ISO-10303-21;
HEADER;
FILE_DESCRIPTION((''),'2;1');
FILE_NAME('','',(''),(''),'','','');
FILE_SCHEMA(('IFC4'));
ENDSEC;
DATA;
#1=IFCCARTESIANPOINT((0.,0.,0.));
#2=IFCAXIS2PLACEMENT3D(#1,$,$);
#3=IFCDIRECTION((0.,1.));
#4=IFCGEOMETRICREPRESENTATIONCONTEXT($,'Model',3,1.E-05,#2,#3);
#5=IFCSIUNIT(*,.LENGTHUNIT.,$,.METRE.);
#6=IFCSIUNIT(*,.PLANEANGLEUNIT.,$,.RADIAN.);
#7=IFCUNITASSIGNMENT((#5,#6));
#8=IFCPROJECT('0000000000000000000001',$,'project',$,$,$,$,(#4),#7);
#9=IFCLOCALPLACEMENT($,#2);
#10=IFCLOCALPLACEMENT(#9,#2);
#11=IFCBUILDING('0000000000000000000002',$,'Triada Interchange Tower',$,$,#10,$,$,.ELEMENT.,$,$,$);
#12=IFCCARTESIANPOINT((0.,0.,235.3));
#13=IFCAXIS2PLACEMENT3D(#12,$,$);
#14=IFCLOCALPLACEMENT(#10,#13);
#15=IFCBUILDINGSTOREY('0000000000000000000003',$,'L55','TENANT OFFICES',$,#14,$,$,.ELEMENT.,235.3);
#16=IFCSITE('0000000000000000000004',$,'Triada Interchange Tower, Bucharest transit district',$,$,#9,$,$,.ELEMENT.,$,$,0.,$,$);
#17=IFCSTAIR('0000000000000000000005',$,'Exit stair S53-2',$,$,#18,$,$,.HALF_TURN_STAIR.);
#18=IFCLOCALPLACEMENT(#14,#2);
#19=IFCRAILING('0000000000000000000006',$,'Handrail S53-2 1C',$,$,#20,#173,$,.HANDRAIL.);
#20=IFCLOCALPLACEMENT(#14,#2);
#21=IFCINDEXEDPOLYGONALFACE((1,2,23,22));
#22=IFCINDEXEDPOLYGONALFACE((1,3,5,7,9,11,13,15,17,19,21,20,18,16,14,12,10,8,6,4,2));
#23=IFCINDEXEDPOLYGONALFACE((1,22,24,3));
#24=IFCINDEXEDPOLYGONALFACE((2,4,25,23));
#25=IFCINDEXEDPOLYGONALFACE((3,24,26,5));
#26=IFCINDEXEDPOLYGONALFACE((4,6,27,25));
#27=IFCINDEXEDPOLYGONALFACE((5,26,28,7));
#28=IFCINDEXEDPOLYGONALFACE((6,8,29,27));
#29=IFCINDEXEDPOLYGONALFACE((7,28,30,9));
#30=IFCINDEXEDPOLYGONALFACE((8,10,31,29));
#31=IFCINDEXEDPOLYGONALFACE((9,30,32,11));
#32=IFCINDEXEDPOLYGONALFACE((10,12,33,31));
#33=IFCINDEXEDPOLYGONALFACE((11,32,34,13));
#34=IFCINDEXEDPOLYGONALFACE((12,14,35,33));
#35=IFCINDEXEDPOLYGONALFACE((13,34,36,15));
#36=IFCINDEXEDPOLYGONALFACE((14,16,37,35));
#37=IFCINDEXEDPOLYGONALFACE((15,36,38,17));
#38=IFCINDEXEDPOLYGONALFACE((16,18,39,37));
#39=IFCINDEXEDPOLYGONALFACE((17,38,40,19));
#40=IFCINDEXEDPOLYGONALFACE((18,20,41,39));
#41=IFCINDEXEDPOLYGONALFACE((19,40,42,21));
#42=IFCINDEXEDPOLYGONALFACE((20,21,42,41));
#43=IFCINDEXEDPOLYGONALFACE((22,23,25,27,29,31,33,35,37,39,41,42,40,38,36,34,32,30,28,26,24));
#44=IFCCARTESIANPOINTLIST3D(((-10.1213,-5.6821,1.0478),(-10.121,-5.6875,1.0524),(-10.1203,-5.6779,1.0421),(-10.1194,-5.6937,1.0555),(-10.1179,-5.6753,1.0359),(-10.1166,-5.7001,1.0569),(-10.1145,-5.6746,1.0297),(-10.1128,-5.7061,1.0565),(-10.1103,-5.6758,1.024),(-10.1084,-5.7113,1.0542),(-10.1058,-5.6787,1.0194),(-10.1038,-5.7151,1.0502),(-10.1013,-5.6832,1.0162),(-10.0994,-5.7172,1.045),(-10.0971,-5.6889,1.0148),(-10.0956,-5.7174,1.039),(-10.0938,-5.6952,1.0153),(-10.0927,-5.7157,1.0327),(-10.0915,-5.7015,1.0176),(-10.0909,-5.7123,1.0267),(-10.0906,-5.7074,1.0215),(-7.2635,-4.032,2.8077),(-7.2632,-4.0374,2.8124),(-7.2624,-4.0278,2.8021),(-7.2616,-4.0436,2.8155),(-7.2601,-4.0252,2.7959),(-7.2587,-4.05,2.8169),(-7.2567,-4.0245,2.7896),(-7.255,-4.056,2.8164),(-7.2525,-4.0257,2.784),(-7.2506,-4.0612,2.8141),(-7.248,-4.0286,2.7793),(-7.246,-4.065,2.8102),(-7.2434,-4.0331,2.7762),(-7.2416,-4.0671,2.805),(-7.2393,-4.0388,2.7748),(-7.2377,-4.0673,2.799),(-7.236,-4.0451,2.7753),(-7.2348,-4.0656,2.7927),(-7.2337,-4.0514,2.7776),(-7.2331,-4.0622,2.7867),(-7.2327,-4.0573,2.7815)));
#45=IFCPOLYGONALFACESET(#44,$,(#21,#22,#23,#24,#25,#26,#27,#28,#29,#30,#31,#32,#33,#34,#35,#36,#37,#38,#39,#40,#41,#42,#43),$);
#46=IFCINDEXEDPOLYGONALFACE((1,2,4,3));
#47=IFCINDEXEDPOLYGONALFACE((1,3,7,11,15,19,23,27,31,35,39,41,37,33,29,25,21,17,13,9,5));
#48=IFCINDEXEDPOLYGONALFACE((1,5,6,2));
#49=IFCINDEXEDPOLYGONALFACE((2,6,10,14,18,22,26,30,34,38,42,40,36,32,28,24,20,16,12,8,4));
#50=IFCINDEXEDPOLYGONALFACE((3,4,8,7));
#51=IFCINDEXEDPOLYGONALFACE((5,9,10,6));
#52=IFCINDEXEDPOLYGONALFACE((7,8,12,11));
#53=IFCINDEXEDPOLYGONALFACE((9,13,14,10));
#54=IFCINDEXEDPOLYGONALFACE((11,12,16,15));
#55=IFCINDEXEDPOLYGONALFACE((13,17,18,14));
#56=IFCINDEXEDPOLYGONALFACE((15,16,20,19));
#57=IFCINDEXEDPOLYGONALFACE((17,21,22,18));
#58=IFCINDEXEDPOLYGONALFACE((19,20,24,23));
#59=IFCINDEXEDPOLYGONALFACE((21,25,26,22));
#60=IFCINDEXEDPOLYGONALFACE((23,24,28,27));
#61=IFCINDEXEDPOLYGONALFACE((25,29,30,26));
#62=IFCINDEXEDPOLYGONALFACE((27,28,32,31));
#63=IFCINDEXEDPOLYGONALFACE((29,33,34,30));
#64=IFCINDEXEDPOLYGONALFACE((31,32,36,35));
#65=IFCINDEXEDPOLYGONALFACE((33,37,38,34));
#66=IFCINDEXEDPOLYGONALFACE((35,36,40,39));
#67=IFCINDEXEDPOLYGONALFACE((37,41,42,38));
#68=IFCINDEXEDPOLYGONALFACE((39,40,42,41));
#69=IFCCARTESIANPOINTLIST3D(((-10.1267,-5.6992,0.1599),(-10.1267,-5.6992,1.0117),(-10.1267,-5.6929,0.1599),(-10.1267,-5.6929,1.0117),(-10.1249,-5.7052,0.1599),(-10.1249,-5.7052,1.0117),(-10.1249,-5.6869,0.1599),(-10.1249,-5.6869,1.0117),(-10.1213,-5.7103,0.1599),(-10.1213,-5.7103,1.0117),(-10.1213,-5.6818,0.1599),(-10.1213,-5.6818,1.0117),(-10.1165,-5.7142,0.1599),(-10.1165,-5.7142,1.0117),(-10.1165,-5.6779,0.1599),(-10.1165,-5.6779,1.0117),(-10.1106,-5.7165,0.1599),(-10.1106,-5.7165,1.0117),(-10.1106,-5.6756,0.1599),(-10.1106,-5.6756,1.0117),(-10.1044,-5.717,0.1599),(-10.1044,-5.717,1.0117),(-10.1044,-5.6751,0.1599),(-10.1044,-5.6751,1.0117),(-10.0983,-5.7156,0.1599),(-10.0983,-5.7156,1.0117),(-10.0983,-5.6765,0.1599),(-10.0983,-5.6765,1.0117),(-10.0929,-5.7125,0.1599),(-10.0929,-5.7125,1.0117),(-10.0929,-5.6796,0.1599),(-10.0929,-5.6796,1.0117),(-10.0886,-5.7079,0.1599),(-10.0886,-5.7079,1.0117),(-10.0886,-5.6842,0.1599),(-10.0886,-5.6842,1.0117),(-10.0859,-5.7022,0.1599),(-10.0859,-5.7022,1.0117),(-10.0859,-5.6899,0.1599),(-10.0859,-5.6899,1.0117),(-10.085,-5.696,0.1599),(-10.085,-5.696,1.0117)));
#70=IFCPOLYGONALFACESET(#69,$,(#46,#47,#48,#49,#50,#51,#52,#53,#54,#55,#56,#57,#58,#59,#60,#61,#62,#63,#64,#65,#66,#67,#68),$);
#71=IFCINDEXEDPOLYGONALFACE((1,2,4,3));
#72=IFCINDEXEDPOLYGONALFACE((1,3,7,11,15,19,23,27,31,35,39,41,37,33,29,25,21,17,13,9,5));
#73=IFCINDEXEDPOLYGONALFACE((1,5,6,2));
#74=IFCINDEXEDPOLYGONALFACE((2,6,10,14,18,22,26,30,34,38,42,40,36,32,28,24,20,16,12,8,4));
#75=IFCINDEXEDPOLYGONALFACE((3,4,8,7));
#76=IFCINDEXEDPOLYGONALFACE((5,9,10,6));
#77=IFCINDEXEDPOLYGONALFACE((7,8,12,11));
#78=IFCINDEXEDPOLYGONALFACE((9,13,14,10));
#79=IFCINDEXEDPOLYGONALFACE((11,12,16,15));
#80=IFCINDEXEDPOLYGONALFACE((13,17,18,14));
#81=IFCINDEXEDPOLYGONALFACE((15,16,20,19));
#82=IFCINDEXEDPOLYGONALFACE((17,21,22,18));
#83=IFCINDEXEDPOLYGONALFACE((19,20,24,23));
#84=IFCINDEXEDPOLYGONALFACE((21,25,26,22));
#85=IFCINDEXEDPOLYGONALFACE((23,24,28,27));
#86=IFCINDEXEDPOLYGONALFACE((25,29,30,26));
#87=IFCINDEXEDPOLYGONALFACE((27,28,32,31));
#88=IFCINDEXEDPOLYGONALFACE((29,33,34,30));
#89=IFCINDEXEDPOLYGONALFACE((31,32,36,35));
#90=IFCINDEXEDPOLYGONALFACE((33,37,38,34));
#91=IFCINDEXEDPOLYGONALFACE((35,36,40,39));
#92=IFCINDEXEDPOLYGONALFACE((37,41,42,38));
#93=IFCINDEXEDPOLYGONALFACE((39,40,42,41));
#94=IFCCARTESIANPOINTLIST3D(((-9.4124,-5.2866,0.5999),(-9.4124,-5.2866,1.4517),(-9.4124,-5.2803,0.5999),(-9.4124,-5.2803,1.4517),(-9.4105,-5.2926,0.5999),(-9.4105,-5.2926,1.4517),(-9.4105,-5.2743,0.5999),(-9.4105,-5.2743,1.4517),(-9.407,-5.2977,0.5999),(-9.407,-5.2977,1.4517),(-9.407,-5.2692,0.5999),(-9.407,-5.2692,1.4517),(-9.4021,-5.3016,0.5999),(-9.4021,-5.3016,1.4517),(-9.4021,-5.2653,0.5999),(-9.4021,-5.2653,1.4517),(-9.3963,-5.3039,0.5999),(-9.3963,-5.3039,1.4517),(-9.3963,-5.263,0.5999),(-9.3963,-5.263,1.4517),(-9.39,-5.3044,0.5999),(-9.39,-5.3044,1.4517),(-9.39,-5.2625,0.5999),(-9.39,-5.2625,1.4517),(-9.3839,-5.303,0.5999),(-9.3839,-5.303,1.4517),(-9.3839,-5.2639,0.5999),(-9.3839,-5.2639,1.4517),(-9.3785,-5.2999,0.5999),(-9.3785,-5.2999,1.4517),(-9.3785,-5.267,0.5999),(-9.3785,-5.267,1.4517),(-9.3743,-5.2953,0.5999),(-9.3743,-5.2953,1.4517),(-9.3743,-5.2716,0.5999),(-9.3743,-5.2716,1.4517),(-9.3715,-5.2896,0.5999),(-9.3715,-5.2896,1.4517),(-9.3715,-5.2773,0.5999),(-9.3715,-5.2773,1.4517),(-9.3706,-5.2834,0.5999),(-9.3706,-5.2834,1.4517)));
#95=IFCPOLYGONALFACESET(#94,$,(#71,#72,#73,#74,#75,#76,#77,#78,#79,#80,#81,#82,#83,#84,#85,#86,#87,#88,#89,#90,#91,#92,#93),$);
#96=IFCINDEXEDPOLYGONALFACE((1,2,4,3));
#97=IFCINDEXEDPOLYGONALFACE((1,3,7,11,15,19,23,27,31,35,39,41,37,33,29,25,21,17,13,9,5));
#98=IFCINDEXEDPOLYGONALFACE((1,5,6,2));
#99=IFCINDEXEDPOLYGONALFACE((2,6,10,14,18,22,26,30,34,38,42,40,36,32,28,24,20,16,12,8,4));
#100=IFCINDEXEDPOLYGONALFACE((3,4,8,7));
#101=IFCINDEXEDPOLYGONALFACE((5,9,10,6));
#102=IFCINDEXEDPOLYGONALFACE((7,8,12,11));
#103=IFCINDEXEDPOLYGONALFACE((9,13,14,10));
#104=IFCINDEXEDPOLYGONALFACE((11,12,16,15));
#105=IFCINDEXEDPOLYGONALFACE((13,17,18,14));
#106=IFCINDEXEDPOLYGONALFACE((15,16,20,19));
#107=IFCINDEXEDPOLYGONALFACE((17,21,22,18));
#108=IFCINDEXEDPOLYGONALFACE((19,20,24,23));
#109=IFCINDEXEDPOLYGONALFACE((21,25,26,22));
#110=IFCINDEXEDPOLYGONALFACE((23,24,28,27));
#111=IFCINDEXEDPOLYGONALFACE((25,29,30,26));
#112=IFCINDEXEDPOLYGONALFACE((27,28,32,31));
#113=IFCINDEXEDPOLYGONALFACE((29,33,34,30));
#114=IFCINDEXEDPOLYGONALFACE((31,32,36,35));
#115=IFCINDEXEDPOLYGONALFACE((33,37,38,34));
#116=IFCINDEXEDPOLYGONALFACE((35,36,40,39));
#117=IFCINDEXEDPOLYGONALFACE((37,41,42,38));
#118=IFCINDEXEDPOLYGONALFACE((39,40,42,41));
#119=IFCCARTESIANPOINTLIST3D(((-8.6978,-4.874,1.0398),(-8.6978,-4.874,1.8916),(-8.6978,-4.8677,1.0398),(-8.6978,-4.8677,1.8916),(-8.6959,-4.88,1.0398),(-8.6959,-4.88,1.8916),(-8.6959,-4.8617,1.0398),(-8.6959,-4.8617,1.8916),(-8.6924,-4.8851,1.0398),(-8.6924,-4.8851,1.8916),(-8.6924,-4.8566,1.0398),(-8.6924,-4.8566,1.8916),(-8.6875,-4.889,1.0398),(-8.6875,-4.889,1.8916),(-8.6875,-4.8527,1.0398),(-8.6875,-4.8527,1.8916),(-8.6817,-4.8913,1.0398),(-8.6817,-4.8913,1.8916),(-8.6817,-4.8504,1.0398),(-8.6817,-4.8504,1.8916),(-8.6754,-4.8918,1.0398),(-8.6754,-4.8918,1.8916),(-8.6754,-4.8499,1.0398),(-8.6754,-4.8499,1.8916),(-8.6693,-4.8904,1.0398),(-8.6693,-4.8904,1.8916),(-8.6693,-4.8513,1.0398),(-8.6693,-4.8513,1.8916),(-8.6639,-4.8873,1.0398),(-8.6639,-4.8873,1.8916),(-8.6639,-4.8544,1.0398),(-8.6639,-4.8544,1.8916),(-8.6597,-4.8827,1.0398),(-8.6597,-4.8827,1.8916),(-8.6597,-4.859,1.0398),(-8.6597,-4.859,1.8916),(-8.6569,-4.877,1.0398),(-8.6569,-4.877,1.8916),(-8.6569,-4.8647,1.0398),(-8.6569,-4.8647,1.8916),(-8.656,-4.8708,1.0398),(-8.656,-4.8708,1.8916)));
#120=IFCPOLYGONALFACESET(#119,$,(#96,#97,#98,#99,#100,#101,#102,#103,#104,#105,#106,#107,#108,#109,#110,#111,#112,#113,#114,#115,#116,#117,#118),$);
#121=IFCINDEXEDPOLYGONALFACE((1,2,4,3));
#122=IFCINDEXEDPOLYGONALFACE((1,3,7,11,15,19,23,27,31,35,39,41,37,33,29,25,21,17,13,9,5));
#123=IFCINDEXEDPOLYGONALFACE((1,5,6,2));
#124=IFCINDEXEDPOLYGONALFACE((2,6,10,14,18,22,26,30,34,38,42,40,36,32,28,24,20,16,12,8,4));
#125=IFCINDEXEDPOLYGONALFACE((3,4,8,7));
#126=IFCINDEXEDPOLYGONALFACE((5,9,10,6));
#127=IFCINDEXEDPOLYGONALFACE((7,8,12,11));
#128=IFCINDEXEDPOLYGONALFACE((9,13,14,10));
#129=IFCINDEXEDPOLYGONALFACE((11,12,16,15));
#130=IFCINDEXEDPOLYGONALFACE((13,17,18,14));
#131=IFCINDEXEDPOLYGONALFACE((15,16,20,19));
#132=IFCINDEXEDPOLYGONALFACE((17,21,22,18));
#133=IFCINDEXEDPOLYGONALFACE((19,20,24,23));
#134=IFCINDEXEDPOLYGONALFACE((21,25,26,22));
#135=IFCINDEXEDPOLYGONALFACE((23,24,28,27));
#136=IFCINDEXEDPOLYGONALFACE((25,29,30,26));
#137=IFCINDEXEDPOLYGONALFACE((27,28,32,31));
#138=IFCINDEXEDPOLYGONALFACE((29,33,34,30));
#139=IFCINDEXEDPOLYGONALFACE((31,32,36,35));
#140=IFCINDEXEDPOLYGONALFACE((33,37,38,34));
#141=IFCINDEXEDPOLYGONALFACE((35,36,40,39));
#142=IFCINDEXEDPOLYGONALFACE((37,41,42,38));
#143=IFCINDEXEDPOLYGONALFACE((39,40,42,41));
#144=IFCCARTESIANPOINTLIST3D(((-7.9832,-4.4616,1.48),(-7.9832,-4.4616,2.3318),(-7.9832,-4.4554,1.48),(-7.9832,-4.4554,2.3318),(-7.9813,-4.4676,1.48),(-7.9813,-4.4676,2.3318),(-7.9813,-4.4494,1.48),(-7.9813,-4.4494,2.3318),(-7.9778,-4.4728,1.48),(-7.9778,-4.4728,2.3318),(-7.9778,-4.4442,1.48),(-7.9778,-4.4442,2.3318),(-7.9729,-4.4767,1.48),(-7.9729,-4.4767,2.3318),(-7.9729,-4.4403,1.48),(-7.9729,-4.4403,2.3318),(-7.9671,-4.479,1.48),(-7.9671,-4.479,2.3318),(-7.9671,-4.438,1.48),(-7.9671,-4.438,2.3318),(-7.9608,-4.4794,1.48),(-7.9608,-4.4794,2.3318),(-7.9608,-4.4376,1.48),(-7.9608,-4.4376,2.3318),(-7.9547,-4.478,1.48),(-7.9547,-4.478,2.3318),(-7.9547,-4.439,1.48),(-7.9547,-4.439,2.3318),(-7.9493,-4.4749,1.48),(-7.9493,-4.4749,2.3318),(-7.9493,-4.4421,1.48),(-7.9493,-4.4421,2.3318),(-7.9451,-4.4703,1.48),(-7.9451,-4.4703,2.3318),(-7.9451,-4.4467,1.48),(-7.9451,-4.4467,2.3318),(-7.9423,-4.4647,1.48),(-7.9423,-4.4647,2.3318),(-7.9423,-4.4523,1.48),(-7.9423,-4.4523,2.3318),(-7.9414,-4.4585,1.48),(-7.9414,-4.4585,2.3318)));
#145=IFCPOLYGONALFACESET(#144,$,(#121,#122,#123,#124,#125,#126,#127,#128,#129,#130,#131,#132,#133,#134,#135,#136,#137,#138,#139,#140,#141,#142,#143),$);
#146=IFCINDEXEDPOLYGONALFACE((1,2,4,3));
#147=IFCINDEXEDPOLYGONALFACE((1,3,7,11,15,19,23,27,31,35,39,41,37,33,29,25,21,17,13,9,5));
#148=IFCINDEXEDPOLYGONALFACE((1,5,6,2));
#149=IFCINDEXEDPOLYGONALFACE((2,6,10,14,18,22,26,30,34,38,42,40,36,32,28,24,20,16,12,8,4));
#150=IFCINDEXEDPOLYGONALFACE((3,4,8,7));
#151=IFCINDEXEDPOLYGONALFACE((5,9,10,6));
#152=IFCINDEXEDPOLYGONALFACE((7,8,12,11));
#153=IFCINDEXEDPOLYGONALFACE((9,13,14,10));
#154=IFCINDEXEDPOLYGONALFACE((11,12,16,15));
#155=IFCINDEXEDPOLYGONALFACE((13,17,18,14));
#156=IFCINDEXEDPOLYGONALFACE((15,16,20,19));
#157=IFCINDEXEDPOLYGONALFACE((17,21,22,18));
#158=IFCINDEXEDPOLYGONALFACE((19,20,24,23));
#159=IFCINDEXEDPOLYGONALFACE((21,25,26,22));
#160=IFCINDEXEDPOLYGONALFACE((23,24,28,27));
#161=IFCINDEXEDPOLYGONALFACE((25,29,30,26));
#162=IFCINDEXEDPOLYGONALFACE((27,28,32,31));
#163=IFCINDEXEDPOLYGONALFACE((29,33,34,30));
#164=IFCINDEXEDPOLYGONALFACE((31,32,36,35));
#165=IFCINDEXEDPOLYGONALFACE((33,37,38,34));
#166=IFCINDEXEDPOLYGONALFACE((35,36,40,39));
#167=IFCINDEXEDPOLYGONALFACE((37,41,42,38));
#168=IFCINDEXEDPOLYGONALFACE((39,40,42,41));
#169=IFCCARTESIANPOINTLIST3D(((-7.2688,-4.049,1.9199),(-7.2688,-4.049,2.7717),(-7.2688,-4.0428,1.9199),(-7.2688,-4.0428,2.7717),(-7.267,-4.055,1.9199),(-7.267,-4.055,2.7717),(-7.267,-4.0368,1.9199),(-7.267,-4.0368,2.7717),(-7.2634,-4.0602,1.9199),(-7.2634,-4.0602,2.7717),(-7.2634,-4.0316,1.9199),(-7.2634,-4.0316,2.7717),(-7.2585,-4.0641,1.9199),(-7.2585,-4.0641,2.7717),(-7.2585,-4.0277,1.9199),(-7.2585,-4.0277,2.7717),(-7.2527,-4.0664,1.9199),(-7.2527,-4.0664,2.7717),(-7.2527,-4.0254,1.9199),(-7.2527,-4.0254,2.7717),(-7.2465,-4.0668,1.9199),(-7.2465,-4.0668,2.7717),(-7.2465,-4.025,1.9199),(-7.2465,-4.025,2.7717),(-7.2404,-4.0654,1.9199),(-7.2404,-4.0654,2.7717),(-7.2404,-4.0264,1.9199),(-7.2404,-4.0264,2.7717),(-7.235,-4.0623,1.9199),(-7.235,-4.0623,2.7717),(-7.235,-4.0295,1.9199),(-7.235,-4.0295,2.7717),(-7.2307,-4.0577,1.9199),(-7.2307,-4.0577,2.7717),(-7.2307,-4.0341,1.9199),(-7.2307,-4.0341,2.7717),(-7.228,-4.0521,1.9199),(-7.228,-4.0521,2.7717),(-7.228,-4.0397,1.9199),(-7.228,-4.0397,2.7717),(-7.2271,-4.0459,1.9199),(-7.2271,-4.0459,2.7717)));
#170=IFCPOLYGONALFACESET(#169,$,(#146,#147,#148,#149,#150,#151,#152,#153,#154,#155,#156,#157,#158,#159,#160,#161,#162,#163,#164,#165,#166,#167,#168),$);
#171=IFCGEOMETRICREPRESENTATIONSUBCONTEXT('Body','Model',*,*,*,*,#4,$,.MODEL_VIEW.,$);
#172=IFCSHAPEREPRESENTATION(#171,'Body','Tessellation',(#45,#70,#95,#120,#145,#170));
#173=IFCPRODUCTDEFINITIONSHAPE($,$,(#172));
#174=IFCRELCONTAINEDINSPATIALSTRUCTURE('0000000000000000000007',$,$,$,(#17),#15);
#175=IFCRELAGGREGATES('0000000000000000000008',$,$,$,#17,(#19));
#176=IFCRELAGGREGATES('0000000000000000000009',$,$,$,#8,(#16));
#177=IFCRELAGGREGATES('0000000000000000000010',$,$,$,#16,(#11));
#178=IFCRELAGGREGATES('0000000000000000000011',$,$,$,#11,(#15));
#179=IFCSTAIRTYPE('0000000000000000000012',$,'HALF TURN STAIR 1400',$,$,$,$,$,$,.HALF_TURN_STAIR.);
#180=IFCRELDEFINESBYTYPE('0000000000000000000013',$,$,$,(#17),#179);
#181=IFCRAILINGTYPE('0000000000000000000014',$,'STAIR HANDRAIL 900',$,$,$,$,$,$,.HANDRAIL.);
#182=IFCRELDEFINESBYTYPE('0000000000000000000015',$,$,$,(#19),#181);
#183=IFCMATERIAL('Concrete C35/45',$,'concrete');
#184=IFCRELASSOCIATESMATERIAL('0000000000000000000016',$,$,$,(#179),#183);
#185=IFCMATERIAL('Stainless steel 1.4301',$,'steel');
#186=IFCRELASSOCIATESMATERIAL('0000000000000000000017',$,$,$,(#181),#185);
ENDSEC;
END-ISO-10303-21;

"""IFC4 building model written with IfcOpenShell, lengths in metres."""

from ifc_helpers import new_model, si_unit, direction, frame, origin, origin_2d, place, context, subcontext, project, spatial, circle, extrude, material, type_object, element, aggregate, save


model = new_model("IFC4")

# Units and contexts
model_context = context("Model", 3, precision=1e-05, world=origin(), true_north=direction((0.0, 1.0)))
body_context = subcontext(model_context, "Body", "Model", "MODEL_VIEW")
ifc_project = project(units=[si_unit("LENGTHUNIT", "METRE"), si_unit("PLANEANGLEUNIT", "RADIAN")], contexts=[model_context])

# Site, building, storey
site_placement = place(None, origin())
site = spatial("IfcSite", under=ifc_project, at=site_placement, Name="Triada Interchange Tower, Bucharest transit district", CompositionType="ELEMENT", RefElevation=0.0)
building_placement = place(site_placement, origin())
building = spatial("IfcBuilding", under=site, at=building_placement, Name="Triada Interchange Tower", CompositionType="ELEMENT")
storey_placement = place(building_placement, frame((0.0, 0.0, 235.3)))
storey = spatial("IfcBuildingStorey", under=building, at=storey_placement, Name="L55", Description="TENANT OFFICES", CompositionType="ELEMENT", Elevation=235.3)

# Stair
ifc_material_1 = material(Name="Concrete C35/45", Category="concrete")
stair_type = type_object("IfcStairType", Name="HALF TURN STAIR 1400", PredefinedType="HALF_TURN_STAIR", material=ifc_material_1)
stair_placement = place(storey_placement, origin())
stair = element("IfcStair", 1, at=stair_placement, inside=storey, type_object=stair_type, Name="Exit stair S53-2", PredefinedType="HALF_TURN_STAIR")

# Railing
ifc_material_2 = material(Name="Stainless steel 1.4301", Category="steel")
railing_type = type_object("IfcRailingType", Name="STAIR HANDRAIL 900", PredefinedType="HANDRAIL", material=ifc_material_2)
railing_1_placement = place(storey_placement, frame((-10.106, -5.696, 0.1599)))
railing_1 = element("IfcRailing", 2, at=railing_1_placement, type_object=railing_type, Name="Handrail S53-2 1C", PredefinedType="HANDRAIL", context=body_context, shape_type="SweptSolid", body=[
    extrude(circle(Radius=0.0239, at=origin_2d()), frame((0.0, 0.0, 0.876), z_axis=(0.764129, 0.441205, 0.47058), x_axis=(-0.50003, 0.866008, 0.0)), (0.0, 0.0, 1.0), 3.74),
    extrude(circle(Radius=0.021, at=origin_2d()), origin(), (0.0, 0.0, 1.0), 0.8518),
    extrude(circle(Radius=0.021, at=origin_2d()), frame((0.7144, 0.4126, 0.4399)), (0.0, 0.0, 1.0), 0.8518),
    extrude(circle(Radius=0.021, at=origin_2d()), frame((1.429, 0.8252, 0.8799)), (0.0, 0.0, 1.0), 0.8518),
    extrude(circle(Radius=0.021, at=origin_2d()), frame((2.1436, 1.2375, 1.3201)), (0.0, 0.0, 1.0), 0.8518),
    extrude(circle(Radius=0.021, at=origin_2d()), frame((2.8579, 1.6501, 1.76)), (0.0, 0.0, 1.0), 0.8518),
])
aggregate(stair, [railing_1])

save(model, "model.ifc")
